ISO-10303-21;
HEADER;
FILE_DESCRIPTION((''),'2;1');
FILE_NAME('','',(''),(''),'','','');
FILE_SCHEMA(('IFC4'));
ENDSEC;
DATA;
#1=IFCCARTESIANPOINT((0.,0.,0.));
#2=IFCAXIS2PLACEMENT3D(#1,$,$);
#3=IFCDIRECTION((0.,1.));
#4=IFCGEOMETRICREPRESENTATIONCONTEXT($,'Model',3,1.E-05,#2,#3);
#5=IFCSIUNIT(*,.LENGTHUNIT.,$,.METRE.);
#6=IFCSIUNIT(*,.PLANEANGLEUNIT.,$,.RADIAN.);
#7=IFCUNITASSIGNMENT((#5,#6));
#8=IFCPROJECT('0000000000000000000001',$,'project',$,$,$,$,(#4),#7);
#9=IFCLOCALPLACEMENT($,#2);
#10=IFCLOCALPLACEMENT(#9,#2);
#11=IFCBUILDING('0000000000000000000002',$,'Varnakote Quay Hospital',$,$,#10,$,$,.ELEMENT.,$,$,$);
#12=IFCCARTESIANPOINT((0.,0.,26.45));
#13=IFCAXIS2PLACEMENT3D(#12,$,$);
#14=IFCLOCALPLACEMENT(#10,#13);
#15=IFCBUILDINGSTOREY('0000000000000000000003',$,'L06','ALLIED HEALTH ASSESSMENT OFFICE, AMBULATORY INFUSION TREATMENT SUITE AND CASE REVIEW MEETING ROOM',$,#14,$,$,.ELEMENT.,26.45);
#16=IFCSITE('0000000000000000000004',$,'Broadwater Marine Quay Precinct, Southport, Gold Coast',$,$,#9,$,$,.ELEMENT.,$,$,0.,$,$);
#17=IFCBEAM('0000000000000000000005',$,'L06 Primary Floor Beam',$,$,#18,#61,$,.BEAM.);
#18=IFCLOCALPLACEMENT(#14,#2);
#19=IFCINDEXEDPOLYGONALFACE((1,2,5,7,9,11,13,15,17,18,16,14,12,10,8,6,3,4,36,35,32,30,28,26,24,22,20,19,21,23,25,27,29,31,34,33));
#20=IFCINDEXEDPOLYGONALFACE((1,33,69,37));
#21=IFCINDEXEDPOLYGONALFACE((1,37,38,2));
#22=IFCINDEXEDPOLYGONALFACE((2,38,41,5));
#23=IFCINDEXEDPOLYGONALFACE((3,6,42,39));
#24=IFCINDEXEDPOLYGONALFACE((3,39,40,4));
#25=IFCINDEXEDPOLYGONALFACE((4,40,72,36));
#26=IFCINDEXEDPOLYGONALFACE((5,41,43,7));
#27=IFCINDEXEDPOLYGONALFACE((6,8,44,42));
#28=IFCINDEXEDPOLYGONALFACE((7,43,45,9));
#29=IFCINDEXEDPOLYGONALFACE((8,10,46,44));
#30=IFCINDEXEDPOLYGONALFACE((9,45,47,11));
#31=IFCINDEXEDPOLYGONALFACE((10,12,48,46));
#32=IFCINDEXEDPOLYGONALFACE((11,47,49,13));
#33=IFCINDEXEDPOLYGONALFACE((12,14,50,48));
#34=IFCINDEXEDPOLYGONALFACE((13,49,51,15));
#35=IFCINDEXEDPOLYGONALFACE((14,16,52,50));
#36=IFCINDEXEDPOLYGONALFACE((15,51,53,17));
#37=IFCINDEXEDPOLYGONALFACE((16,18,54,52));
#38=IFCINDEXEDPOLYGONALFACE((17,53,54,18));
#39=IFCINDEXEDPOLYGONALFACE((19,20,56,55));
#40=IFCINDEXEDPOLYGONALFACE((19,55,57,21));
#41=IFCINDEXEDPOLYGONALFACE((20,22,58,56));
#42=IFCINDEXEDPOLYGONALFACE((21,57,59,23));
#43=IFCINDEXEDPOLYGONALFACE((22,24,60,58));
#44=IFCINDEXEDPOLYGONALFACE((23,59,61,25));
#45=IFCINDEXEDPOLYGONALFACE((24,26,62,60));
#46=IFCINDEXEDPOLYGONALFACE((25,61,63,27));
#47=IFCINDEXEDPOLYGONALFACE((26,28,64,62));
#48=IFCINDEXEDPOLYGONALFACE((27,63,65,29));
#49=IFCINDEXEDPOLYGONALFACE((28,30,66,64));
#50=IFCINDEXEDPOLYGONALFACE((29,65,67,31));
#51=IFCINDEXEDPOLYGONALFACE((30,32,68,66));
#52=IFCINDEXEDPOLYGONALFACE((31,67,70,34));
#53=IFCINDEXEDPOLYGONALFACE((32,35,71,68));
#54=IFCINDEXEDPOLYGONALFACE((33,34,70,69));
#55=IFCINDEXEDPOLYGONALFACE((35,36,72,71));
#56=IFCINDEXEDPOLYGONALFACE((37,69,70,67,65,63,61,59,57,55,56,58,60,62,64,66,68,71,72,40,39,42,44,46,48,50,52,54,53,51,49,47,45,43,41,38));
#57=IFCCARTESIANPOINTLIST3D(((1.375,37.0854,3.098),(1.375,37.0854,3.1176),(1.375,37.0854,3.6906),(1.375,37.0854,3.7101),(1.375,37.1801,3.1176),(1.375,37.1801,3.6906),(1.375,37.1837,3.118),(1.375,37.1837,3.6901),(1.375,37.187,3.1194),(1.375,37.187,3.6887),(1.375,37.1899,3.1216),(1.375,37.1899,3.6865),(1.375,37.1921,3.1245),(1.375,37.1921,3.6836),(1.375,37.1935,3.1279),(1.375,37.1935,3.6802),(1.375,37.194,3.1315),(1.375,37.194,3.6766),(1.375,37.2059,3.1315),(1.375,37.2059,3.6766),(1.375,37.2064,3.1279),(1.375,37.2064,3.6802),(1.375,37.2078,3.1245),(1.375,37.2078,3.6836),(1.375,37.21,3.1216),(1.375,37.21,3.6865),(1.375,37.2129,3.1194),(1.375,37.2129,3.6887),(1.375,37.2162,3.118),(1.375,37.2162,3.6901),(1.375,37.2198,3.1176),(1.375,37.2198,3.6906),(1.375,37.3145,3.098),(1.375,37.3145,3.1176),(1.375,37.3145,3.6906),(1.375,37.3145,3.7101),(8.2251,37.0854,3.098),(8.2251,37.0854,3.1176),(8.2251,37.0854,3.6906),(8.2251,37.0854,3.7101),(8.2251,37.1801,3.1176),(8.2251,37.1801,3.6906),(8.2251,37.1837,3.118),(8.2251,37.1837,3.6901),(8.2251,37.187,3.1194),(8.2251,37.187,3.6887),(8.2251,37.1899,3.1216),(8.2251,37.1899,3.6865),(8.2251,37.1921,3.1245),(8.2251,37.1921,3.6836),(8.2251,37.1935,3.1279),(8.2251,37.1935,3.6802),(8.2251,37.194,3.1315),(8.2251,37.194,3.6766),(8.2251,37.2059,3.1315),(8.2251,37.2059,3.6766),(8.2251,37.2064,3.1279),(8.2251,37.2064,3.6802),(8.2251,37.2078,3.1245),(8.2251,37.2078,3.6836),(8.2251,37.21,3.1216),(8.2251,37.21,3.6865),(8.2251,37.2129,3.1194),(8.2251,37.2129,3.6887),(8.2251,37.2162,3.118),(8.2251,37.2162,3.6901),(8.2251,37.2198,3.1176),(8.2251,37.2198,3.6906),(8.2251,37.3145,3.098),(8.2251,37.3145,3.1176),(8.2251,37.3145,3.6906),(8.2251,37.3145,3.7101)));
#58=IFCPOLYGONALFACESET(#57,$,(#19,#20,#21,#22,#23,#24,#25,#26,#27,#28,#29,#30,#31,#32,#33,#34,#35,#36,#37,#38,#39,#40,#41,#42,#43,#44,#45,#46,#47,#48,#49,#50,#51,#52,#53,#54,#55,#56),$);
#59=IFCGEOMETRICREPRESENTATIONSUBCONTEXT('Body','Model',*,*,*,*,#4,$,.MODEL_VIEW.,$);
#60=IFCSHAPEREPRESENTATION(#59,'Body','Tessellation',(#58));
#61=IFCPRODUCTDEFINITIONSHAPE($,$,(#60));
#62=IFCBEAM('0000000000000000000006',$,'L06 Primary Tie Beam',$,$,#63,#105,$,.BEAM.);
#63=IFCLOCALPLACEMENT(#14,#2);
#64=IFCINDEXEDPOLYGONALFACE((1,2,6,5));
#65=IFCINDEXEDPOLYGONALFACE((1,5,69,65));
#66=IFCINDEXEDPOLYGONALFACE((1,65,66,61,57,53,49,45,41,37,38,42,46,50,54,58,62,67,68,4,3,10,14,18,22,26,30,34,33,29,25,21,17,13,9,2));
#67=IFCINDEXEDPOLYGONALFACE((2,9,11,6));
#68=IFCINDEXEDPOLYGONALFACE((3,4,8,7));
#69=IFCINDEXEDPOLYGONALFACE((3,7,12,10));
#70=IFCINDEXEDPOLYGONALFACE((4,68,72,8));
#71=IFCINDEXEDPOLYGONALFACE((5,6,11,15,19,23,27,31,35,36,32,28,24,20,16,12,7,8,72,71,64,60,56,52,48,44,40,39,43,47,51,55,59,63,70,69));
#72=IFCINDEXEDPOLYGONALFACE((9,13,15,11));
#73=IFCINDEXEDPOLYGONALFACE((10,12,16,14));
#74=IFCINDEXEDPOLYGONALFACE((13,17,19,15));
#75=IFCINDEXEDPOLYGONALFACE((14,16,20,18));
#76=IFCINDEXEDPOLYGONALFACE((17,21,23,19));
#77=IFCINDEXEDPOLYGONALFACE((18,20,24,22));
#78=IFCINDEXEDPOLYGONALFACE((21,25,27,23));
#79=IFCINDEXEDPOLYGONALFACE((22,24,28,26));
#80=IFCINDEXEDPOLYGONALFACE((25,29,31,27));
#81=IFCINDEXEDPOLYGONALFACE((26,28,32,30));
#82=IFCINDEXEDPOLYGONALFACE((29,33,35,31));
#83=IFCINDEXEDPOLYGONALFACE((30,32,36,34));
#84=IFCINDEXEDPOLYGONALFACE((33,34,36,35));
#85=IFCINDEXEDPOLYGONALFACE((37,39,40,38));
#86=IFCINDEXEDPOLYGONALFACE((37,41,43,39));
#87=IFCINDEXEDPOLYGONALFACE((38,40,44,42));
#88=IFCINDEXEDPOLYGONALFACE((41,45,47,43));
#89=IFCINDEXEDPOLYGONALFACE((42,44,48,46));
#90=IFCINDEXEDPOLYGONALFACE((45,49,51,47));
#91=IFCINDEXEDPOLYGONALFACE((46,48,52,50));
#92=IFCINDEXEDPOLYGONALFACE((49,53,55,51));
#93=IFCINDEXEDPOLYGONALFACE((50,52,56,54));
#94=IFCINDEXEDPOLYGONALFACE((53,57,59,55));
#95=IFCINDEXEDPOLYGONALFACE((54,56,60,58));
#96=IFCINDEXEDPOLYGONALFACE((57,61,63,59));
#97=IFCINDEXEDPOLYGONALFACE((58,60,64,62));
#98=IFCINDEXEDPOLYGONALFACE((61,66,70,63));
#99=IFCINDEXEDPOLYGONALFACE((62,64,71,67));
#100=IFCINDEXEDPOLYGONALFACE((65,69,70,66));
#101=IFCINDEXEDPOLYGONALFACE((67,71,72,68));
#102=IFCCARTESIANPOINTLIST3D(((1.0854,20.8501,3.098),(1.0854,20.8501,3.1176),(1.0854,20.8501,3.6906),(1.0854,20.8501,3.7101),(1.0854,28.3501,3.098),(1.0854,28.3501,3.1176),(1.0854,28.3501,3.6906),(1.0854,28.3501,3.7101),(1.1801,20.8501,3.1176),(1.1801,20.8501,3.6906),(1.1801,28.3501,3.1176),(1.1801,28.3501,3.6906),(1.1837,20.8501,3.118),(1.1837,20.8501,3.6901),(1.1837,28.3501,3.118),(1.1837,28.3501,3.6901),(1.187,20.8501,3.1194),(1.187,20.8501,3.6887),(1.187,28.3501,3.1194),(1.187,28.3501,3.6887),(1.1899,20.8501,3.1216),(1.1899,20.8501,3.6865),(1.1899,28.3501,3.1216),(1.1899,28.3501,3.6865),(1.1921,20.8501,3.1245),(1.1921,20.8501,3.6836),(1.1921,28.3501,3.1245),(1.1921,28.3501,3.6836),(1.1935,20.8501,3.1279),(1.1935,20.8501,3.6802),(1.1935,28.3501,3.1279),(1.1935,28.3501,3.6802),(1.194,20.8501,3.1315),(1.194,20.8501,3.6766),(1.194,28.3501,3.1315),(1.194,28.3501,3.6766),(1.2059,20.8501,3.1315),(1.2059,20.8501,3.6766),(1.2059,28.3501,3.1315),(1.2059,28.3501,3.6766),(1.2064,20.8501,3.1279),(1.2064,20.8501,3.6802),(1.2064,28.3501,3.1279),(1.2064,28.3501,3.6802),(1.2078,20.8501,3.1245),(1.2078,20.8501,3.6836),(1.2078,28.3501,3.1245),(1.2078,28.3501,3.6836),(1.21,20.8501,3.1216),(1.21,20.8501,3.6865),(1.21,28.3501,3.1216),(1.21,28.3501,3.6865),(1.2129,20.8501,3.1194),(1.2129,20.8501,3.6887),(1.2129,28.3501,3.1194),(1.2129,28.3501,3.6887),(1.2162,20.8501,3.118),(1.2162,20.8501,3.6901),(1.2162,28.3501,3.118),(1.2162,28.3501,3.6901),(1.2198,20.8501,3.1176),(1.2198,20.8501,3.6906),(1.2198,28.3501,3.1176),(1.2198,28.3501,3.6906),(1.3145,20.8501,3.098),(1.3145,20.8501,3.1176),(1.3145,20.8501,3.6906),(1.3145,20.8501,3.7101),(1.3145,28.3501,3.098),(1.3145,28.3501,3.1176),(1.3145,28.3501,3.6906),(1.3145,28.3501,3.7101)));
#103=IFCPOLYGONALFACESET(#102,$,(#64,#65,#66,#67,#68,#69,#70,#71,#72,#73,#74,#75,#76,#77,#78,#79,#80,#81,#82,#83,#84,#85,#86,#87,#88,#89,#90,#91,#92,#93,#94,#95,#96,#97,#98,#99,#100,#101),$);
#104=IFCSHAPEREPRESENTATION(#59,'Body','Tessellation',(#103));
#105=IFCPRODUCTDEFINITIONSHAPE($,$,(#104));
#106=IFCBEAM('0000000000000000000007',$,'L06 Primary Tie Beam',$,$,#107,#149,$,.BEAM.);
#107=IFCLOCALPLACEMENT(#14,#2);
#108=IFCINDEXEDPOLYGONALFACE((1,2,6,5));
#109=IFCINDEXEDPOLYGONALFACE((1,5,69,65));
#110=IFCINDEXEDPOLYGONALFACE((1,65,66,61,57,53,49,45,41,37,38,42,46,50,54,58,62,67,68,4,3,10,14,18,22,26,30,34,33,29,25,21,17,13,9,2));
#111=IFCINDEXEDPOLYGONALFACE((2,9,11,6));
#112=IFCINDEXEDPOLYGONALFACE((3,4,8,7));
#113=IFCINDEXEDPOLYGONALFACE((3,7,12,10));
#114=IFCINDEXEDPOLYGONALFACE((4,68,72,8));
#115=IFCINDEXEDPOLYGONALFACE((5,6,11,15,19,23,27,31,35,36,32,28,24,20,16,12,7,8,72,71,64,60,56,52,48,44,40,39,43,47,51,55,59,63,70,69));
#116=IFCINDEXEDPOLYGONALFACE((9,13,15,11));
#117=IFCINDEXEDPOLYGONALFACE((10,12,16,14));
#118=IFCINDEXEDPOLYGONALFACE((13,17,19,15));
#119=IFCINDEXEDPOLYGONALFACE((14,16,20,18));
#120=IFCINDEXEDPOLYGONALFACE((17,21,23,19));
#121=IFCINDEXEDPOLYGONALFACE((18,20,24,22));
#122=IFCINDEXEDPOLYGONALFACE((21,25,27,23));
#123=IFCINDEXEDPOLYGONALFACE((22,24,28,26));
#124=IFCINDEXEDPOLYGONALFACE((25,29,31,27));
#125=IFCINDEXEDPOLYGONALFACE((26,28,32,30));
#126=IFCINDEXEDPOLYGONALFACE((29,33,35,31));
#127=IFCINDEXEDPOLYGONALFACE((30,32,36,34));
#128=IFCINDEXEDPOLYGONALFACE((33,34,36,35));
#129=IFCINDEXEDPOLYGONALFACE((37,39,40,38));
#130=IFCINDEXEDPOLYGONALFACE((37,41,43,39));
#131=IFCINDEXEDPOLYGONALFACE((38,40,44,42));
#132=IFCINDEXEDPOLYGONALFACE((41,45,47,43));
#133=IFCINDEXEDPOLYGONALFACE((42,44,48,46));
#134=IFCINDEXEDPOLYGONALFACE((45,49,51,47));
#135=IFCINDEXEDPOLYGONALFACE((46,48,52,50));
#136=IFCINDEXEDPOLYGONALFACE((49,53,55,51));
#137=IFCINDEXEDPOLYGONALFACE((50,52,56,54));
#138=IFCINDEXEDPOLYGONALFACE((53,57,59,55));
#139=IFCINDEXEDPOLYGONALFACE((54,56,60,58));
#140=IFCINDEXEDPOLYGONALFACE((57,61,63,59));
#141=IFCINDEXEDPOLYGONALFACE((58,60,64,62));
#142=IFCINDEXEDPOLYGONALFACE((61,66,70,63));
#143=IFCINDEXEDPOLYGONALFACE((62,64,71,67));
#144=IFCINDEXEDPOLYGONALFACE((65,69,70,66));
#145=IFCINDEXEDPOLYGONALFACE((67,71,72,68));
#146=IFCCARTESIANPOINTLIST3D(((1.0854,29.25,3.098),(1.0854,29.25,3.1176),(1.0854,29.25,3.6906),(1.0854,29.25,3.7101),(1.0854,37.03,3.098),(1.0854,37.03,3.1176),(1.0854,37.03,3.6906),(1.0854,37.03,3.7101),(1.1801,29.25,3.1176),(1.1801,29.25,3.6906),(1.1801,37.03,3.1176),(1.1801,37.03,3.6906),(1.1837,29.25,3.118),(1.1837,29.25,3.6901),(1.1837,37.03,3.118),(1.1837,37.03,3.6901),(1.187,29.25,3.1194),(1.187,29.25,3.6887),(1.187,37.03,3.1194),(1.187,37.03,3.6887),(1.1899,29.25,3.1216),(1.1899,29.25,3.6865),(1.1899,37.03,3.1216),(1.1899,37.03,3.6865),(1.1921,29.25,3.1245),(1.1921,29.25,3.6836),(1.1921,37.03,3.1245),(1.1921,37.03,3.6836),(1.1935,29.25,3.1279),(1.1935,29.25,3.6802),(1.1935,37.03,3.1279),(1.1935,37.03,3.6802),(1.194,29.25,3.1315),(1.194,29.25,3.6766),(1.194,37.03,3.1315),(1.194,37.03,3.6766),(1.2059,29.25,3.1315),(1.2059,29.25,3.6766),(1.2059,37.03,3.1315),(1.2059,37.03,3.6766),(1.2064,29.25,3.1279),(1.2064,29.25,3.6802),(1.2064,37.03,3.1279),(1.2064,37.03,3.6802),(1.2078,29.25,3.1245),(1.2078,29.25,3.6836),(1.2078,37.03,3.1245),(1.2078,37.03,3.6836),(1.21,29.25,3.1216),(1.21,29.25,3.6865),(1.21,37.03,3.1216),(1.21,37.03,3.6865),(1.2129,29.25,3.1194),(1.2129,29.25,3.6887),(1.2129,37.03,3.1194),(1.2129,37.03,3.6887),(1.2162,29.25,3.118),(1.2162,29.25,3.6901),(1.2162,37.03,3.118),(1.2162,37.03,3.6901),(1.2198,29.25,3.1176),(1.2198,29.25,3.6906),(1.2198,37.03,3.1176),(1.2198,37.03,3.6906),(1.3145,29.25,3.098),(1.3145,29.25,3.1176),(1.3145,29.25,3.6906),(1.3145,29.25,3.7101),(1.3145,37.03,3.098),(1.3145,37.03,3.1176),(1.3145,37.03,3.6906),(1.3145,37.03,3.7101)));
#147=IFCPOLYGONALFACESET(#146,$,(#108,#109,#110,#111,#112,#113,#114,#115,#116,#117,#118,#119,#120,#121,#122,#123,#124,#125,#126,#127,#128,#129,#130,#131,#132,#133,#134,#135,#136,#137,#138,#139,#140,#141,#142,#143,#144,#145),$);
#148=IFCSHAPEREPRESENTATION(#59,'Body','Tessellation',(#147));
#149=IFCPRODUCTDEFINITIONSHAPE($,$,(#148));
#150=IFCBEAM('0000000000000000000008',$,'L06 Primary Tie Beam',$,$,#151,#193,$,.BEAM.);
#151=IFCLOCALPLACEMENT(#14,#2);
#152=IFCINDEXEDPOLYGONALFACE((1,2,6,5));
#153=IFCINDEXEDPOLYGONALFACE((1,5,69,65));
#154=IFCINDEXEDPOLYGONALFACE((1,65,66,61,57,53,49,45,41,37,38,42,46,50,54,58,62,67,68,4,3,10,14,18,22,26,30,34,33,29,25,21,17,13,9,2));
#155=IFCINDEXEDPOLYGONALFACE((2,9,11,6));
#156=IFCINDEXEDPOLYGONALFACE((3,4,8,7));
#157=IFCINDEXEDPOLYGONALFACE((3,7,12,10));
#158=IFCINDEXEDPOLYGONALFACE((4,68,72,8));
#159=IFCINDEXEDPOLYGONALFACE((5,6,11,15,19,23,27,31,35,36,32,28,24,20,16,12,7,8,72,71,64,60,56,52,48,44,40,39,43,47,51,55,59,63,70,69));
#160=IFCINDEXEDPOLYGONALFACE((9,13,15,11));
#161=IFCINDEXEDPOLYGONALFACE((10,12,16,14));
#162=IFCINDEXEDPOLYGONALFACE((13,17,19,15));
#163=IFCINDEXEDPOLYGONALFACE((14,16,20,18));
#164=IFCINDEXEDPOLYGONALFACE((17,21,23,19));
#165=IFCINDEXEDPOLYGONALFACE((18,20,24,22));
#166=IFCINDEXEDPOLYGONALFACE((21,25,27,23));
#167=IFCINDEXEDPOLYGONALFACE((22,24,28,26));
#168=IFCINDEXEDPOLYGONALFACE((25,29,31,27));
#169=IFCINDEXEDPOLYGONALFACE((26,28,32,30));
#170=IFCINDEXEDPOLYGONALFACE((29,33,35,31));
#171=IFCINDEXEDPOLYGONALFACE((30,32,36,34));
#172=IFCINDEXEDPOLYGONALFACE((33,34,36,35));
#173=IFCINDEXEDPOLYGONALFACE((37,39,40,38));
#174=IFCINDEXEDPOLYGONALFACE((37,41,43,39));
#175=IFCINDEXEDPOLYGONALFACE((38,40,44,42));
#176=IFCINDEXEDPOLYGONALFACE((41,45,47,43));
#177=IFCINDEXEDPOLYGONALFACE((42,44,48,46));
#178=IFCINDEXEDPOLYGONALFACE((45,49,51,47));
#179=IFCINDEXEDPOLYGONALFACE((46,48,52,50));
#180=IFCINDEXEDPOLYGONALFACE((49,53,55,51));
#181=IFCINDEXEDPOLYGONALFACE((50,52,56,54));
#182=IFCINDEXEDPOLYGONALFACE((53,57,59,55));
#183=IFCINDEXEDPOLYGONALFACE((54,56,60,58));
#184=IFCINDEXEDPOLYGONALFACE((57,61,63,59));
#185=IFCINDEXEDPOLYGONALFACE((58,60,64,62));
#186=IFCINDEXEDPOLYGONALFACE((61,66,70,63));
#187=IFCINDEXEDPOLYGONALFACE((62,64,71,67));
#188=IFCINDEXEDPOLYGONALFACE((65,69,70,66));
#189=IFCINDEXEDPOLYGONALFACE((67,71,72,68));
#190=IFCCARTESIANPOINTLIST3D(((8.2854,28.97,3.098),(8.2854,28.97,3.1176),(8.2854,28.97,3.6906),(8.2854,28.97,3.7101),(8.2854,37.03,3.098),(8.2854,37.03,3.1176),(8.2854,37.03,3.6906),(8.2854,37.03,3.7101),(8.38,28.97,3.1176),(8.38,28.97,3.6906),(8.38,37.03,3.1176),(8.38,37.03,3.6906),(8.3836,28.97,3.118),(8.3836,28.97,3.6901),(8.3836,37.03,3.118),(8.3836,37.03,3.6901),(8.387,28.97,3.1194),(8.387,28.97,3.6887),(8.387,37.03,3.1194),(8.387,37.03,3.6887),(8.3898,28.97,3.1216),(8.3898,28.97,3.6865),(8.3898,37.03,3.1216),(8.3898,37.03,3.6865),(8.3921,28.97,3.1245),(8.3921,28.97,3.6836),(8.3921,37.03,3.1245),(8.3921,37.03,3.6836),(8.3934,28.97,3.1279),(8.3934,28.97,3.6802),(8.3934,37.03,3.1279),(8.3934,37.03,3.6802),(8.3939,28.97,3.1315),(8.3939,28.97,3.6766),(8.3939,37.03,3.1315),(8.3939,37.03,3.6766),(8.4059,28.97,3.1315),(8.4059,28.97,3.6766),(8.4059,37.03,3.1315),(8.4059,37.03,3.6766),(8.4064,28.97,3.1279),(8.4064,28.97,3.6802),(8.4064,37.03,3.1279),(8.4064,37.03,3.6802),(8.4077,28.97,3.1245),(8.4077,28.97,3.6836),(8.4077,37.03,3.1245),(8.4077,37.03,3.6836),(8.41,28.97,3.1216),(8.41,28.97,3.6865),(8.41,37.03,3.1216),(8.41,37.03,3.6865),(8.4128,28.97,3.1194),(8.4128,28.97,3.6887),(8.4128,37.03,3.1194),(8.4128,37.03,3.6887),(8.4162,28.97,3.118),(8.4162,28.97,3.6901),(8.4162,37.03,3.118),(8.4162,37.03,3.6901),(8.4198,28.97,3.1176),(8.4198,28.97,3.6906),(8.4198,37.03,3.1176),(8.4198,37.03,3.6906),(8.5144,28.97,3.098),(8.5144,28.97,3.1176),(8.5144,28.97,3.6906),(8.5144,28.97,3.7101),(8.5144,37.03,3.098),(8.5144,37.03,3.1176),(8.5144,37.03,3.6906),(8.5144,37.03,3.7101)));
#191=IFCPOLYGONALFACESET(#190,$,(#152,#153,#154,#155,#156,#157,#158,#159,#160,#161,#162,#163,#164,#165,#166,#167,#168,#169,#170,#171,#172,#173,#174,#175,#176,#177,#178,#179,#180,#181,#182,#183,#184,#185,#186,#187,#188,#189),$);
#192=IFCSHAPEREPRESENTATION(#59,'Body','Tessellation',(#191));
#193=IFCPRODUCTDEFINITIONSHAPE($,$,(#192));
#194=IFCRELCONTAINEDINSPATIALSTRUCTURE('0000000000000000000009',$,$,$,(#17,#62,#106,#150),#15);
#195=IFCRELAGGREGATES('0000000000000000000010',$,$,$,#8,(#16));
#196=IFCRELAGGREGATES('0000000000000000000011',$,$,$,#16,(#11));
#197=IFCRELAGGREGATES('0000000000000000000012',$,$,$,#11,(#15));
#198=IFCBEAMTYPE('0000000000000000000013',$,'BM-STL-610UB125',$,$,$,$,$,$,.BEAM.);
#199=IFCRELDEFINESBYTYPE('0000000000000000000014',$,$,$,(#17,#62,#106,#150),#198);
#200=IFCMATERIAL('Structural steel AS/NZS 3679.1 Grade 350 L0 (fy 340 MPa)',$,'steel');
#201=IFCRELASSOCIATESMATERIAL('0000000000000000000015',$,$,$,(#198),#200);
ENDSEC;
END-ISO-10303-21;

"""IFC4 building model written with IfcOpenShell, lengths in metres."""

from ifc_helpers import new_model, si_unit, direction, frame, origin, origin_2d, place, context, subcontext, project, spatial, i_section, extrude, material, material_profile, profile_set, type_object, element, save


model = new_model("IFC4")

# Units and contexts
model_context = context("Model", 3, precision=1e-05, world=origin(), true_north=direction((0.0, 1.0)))
body_context = subcontext(model_context, "Body", "Model", "MODEL_VIEW")
ifc_project = project(units=[si_unit("LENGTHUNIT", "METRE"), si_unit("PLANEANGLEUNIT", "RADIAN")], contexts=[model_context])

# Site, building, storey
site_placement = place(None, origin())
site = spatial("IfcSite", under=ifc_project, at=site_placement, Name="Broadwater Marine Quay Precinct, Southport, Gold Coast", CompositionType="ELEMENT", RefElevation=0.0)
building_placement = place(site_placement, origin())
building = spatial("IfcBuilding", under=site, at=building_placement, Name="Varnakote Quay Hospital", CompositionType="ELEMENT")
storey_placement = place(building_placement, frame((0.0, 0.0, 26.45)))
storey = spatial("IfcBuildingStorey", under=building, at=storey_placement, Name="L06", Description="ALLIED HEALTH ASSESSMENT OFFICE, AMBULATORY INFUSION TREATMENT SUITE AND CASE REVIEW MEETING ROOM", CompositionType="ELEMENT", Elevation=26.45)

# Beams
ifc_material_1 = material(Name="Structural steel AS/NZS 3679.1 Grade 350 L0 (fy 340 MPa)", Category="steel")
ifc_material_profile_1 = material_profile(ifc_material_1, i_section(OverallWidth=0.229, OverallDepth=0.6121, WebThickness=0.012, FlangeThickness=0.0195, FilletRadius=0.0139, at=origin_2d()), Name="610UB125")
ifc_profile_set_1 = profile_set([ifc_material_profile_1], Name="Structural steel AS/NZS 3679.1 Grade 350 L0 (fy 340 MPa)")
beam_type_1 = type_object("IfcBeamType", Name="BM-STL-610UB125", PredefinedType="BEAM", material=ifc_profile_set_1)
beam_1_placement = place(storey_placement, frame((1.375, 37.2, 3.4041), z_axis=(1.0, 0.0, 0.0), x_axis=(0.0, 1.0, 0.0)))
element("IfcBeam", 1, at=beam_1_placement, inside=storey, type_object=beam_type_1, Name="L06 Primary Floor Beam", PredefinedType="BEAM", context=body_context, shape_type="SweptSolid", body=[
    extrude(i_section(OverallWidth=0.229, OverallDepth=0.6121, WebThickness=0.012, FlangeThickness=0.0195, FilletRadius=0.0139, at=origin_2d()), origin(), (0.0, 0.0, 1.0), 6.8501),
])
beam_2_placement = place(storey_placement, frame((1.2, 20.8501, 3.4041), z_axis=(0.0, 1.0, 0.0), x_axis=(-1.0, 0.0, 0.0)))
element("IfcBeam", 2, at=beam_2_placement, inside=storey, type_object=beam_type_1, Name="L06 Primary Tie Beam", PredefinedType="BEAM", context=body_context, shape_type="SweptSolid", body=[
    extrude(i_section(OverallWidth=0.229, OverallDepth=0.6121, WebThickness=0.012, FlangeThickness=0.0195, FilletRadius=0.0139, at=origin_2d()), origin(), (0.0, 0.0, 1.0), 7.5),
])
beam_3_placement = place(storey_placement, frame((1.2, 29.25, 3.4041), z_axis=(0.0, 1.0, 0.0), x_axis=(-1.0, 0.0, 0.0)))
element("IfcBeam", 3, at=beam_3_placement, inside=storey, type_object=beam_type_1, Name="L06 Primary Tie Beam", PredefinedType="BEAM", context=body_context, shape_type="SweptSolid", body=[
    extrude(i_section(OverallWidth=0.229, OverallDepth=0.6121, WebThickness=0.012, FlangeThickness=0.0195, FilletRadius=0.0139, at=origin_2d()), origin(), (0.0, 0.0, 1.0), 7.78),
])
beam_4_placement = place(storey_placement, frame((8.3999, 28.97, 3.4041), z_axis=(0.0, 1.0, 0.0), x_axis=(-1.0, 0.0, 0.0)))
element("IfcBeam", 4, at=beam_4_placement, inside=storey, type_object=beam_type_1, Name="L06 Primary Tie Beam", PredefinedType="BEAM", context=body_context, shape_type="SweptSolid", body=[
    extrude(i_section(OverallWidth=0.229, OverallDepth=0.6121, WebThickness=0.012, FlangeThickness=0.0195, FilletRadius=0.0139, at=origin_2d()), origin(), (0.0, 0.0, 1.0), 8.0601),
])

save(model, "model.ifc")
